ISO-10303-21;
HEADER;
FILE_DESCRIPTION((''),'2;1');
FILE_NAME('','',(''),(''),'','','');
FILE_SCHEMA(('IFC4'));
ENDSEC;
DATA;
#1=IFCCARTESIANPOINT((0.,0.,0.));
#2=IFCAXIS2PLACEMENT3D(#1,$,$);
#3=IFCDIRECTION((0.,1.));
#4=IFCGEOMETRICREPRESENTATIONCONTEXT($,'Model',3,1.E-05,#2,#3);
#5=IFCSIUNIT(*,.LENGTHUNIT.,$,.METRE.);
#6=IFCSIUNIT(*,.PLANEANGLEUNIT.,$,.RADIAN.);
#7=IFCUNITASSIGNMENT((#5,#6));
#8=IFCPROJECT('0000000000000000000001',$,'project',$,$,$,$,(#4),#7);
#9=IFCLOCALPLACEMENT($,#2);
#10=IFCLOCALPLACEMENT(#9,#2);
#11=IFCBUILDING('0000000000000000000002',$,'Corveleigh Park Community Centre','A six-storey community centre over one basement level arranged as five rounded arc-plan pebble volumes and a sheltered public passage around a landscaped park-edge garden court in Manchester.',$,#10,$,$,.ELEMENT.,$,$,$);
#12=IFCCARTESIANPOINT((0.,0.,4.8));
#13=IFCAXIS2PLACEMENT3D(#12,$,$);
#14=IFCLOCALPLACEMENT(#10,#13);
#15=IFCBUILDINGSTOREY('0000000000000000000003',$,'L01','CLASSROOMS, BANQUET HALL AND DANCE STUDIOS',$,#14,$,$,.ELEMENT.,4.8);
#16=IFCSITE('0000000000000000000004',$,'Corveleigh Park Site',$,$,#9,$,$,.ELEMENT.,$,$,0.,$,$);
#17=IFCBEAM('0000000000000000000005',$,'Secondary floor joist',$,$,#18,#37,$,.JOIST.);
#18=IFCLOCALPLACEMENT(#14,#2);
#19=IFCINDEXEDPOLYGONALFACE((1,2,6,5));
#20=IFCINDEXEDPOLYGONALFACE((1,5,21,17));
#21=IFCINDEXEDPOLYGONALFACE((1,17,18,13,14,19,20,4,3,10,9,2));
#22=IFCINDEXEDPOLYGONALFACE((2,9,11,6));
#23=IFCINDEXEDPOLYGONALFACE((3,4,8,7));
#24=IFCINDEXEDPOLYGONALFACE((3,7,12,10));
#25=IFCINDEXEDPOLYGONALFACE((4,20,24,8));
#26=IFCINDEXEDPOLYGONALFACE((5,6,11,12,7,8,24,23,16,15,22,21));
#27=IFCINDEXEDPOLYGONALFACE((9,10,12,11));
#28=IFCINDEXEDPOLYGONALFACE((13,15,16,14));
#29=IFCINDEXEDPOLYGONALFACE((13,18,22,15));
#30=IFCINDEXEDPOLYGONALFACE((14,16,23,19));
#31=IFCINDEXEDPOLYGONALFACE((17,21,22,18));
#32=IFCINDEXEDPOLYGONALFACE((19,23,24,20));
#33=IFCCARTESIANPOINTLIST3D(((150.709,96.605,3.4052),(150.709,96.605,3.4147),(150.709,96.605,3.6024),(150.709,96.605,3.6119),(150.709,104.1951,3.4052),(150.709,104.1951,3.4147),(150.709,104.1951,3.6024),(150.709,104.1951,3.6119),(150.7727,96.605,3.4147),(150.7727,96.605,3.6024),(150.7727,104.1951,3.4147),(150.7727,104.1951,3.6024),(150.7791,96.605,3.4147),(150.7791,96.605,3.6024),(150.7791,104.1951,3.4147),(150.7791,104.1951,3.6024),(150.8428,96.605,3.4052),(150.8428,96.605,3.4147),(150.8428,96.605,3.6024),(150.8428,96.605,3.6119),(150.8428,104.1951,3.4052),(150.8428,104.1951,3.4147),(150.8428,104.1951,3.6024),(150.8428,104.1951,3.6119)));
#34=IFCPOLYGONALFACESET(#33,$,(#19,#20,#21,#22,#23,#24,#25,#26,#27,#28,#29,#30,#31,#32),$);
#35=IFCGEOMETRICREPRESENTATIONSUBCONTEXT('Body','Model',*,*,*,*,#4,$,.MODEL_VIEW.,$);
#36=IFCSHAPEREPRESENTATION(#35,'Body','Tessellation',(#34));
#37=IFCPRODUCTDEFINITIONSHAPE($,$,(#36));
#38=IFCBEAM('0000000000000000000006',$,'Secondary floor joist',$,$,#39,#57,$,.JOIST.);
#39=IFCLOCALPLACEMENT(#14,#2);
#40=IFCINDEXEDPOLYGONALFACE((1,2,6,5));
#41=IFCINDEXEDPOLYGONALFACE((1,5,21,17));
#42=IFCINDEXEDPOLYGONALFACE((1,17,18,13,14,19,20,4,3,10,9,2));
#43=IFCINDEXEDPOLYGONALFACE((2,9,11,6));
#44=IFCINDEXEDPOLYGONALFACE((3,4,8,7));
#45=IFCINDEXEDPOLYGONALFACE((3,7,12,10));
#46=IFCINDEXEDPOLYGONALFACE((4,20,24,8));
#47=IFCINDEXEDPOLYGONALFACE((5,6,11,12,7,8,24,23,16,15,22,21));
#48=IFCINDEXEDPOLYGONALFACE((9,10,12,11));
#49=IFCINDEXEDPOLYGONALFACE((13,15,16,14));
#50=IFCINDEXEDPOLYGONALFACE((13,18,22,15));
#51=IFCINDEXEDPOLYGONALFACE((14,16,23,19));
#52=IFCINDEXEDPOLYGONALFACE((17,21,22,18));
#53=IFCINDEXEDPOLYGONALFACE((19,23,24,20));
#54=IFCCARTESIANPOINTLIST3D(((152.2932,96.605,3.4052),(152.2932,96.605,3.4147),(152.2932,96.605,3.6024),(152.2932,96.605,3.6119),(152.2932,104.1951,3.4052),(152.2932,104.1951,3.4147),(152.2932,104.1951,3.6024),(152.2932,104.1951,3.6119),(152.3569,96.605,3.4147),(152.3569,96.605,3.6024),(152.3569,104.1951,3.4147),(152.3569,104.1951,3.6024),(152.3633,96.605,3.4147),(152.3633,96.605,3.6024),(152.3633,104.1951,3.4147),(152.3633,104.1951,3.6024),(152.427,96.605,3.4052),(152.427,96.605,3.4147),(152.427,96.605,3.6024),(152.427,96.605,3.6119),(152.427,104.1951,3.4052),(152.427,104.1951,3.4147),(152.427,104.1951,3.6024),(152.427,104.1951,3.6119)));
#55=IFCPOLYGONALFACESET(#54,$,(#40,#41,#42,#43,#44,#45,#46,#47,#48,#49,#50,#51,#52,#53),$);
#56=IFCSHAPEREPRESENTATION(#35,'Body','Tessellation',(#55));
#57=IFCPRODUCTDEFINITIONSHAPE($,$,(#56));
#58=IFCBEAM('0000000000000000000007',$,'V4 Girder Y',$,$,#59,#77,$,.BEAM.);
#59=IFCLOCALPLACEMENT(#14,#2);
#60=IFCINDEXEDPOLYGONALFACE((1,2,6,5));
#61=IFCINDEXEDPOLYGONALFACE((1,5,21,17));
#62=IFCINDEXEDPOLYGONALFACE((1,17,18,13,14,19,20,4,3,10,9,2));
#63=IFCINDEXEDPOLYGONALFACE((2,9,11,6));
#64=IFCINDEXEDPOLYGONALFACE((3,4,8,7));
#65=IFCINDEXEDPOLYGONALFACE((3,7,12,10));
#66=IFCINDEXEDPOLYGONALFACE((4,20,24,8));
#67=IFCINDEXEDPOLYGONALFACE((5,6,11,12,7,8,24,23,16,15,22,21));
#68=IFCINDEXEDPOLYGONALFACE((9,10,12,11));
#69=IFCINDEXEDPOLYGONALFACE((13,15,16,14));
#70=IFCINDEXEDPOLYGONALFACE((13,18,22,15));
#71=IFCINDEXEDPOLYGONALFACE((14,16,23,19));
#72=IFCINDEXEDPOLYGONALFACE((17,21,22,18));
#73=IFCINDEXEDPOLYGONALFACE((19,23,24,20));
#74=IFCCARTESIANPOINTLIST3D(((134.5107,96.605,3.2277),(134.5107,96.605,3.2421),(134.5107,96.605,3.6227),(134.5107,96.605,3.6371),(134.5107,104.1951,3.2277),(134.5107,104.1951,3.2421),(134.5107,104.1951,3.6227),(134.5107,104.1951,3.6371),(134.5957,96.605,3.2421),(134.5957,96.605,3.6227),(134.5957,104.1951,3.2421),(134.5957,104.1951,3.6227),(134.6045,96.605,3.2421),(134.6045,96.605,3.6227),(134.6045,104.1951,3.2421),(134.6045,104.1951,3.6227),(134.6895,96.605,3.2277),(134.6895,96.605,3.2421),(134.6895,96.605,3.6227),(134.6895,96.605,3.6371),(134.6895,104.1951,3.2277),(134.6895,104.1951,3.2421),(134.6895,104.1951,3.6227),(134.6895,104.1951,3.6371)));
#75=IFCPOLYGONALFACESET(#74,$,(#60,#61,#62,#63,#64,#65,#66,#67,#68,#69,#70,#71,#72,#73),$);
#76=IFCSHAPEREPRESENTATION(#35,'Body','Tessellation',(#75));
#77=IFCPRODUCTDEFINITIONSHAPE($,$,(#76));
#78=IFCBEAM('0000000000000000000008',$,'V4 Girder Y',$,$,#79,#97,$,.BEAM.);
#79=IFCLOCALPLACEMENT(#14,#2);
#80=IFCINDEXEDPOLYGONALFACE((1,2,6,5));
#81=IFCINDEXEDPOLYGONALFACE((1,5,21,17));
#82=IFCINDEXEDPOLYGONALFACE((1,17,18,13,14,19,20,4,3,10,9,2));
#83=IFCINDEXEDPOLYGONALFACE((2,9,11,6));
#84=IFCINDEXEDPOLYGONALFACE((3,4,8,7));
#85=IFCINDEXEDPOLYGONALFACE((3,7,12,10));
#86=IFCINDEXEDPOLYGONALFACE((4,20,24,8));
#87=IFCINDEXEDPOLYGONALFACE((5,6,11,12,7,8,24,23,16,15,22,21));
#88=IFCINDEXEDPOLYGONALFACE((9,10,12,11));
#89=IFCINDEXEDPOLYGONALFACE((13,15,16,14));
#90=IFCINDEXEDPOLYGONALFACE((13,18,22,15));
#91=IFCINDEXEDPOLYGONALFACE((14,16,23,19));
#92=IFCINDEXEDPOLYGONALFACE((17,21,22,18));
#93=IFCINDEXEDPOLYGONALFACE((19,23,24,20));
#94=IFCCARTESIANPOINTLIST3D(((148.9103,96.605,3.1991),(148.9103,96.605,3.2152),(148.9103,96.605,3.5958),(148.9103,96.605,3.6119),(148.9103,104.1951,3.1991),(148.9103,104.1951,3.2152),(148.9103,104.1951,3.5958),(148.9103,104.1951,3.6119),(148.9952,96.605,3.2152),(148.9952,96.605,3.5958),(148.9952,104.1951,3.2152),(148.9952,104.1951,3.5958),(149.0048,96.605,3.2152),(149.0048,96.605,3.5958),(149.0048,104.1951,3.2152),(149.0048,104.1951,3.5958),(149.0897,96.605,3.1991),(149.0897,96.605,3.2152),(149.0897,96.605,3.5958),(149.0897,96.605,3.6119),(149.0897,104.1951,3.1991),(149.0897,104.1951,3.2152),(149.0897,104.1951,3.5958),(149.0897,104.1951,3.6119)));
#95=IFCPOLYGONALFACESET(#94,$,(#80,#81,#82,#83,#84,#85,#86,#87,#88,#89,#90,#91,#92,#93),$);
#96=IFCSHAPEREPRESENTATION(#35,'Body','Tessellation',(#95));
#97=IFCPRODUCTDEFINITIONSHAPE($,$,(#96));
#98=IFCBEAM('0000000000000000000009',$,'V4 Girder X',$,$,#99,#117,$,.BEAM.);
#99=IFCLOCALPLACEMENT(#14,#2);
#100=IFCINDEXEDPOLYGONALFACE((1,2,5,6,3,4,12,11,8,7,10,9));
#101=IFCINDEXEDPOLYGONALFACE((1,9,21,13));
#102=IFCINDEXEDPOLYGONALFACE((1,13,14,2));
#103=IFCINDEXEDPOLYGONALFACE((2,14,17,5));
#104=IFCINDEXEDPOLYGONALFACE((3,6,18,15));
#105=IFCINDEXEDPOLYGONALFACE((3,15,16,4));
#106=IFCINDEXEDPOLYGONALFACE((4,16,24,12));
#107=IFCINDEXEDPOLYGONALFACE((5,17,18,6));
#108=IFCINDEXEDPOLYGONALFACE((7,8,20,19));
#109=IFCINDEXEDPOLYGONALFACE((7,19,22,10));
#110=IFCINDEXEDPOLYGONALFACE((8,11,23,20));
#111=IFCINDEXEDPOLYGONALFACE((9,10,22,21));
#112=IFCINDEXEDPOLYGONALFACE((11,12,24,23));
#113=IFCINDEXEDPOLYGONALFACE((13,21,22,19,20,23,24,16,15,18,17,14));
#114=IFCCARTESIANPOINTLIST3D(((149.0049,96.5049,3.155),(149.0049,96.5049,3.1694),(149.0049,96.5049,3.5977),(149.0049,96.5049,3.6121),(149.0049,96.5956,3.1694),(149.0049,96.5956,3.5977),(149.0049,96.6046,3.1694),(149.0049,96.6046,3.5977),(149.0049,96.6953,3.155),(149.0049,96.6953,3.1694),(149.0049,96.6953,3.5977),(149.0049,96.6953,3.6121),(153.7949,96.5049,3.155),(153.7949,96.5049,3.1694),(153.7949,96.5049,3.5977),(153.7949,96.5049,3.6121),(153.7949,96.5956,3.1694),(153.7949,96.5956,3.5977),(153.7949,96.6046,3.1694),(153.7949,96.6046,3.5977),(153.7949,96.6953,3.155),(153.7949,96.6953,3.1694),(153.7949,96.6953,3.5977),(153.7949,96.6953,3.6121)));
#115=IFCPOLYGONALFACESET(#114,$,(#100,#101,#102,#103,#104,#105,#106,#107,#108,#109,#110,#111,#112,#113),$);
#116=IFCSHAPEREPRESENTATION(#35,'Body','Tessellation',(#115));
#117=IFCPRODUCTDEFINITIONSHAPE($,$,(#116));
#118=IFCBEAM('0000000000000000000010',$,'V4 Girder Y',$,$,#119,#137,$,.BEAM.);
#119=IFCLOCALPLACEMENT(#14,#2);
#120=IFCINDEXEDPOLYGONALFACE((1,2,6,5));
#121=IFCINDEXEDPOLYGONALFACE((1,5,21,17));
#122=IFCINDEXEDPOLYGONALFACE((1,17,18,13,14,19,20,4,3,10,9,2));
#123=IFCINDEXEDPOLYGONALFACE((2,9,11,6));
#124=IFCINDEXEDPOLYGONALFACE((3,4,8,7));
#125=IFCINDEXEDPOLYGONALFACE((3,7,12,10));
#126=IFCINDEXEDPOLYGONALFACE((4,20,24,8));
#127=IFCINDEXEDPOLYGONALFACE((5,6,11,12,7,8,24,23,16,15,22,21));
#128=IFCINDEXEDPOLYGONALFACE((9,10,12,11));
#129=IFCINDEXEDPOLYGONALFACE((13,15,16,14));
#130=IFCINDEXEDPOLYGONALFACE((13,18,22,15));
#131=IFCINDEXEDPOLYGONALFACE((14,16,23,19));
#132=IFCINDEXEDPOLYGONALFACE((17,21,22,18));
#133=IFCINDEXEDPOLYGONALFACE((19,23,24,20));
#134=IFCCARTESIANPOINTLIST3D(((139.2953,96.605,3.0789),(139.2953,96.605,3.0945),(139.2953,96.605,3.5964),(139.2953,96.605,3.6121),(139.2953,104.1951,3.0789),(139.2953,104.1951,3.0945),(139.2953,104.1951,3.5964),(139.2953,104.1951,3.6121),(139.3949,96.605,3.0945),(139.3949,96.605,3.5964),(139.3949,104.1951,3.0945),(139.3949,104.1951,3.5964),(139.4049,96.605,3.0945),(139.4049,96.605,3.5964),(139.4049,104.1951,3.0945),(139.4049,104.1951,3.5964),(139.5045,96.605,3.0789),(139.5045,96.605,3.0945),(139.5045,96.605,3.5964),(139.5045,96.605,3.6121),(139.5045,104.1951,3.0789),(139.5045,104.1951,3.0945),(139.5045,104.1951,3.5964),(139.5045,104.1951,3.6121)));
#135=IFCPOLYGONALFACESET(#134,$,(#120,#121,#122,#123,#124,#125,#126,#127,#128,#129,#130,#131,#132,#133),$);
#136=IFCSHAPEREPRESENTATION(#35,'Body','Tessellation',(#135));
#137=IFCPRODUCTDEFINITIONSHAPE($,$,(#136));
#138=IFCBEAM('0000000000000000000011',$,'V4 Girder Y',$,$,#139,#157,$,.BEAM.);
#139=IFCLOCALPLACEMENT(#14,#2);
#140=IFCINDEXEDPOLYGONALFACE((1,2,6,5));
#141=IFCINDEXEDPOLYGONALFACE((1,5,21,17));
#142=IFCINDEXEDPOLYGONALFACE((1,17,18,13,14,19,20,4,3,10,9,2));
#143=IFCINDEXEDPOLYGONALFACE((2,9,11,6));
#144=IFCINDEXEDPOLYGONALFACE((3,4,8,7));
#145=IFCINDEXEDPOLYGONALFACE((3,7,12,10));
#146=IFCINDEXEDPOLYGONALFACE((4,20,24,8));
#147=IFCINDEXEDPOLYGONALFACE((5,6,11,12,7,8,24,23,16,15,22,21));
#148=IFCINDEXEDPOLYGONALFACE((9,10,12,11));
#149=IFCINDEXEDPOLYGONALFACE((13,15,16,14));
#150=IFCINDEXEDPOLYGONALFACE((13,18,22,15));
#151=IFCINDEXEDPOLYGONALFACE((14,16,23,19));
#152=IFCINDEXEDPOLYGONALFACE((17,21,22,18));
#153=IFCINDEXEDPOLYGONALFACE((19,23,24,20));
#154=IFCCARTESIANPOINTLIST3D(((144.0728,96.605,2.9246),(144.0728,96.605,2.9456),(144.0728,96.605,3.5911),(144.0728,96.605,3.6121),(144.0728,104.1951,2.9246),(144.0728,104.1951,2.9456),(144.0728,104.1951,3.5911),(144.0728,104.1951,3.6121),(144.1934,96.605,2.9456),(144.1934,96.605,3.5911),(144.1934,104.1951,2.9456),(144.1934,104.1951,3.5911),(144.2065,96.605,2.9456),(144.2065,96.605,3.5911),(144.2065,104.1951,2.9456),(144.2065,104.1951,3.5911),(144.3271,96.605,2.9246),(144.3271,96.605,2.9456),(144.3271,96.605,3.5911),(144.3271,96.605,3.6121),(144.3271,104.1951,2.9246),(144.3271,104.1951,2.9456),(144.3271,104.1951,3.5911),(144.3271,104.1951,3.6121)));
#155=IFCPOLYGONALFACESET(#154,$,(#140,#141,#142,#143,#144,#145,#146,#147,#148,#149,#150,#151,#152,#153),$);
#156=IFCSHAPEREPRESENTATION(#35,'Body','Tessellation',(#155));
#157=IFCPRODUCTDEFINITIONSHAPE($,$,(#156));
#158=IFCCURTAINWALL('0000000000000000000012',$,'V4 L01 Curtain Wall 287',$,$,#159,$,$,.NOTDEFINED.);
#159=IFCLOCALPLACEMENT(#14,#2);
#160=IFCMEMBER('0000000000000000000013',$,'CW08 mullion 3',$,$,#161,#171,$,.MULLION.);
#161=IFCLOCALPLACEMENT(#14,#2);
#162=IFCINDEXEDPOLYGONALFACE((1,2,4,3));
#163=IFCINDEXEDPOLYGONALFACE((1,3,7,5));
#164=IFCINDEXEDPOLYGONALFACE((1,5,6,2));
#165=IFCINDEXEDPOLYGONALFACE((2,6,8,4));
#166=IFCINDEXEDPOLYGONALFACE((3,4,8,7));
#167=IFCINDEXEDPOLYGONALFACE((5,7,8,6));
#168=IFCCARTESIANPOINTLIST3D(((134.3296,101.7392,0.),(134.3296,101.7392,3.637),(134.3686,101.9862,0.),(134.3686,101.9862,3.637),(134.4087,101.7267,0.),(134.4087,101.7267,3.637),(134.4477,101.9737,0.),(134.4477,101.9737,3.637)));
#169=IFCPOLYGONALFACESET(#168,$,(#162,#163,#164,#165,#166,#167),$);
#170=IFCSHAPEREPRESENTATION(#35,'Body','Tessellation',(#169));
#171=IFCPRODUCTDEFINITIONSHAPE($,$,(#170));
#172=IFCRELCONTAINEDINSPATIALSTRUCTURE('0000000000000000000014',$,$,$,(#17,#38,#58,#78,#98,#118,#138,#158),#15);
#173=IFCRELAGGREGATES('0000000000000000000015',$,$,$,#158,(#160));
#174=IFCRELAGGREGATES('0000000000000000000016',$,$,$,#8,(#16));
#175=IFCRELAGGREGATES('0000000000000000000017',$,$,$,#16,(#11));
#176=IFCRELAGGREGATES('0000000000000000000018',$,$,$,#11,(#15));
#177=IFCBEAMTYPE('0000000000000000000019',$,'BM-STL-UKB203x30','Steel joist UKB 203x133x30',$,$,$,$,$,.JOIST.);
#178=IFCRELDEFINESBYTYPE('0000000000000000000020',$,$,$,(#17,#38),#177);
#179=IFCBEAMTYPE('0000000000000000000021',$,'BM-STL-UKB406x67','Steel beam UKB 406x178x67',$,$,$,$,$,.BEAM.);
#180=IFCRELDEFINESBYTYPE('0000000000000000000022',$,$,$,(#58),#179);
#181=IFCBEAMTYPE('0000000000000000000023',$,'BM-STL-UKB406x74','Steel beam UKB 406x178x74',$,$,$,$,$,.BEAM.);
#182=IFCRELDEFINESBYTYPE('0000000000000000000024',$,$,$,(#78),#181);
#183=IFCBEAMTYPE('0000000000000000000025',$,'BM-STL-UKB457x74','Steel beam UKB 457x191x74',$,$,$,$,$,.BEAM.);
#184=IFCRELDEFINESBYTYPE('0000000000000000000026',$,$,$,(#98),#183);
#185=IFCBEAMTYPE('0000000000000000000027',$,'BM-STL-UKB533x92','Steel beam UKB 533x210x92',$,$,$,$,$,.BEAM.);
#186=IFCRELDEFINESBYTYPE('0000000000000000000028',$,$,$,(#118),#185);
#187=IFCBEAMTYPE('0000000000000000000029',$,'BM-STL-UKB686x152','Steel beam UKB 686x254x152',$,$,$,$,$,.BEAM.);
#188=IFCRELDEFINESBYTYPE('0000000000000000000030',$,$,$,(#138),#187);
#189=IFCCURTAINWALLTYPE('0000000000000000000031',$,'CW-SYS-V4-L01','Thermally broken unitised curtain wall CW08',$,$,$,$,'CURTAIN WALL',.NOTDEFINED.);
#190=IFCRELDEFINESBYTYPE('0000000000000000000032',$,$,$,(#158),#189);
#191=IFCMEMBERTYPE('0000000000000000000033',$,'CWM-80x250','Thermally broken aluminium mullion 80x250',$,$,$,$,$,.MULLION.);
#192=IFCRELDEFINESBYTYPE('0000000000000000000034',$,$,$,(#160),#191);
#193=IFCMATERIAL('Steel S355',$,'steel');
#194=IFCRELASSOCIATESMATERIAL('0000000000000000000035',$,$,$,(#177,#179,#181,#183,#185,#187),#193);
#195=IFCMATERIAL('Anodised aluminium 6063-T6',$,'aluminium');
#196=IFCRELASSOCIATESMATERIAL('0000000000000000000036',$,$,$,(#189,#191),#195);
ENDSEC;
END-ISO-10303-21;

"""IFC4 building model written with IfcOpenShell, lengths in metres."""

from ifc_helpers import new_model, si_unit, direction, frame, origin, origin_2d, place, context, subcontext, project, spatial, rectangle, i_section, extrude, material, material_profile, profile_set, type_object, element, aggregate, save


model = new_model("IFC4")

# Units and contexts
model_context = context("Model", 3, precision=1e-05, world=origin(), true_north=direction((0.0, 1.0)))
body_context = subcontext(model_context, "Body", "Model", "MODEL_VIEW")
ifc_project = project(units=[si_unit("LENGTHUNIT", "METRE"), si_unit("PLANEANGLEUNIT", "RADIAN")], contexts=[model_context])

# Site, building, storey
site_placement = place(None, origin())
site = spatial("IfcSite", under=ifc_project, at=site_placement, Name="Corveleigh Park Site", CompositionType="ELEMENT", RefElevation=0.0)
building_placement = place(site_placement, origin())
building = spatial("IfcBuilding", under=site, at=building_placement, Name="Corveleigh Park Community Centre", Description="A six-storey community centre over one basement level arranged as five rounded arc-plan pebble volumes and a sheltered public passage around a landscaped park-edge garden court in Manchester.", CompositionType="ELEMENT")
storey_placement = place(building_placement, frame((0.0, 0.0, 4.8)))
storey = spatial("IfcBuildingStorey", under=building, at=storey_placement, Name="L01", Description="CLASSROOMS, BANQUET HALL AND DANCE STUDIOS", CompositionType="ELEMENT", Elevation=4.8)

# Shared definitions
ifc_material_1 = material(Name="Steel S355", Category="steel")

# Beams
ifc_material_profile_1 = material_profile(ifc_material_1, i_section(OverallWidth=0.1338, OverallDepth=0.2068, WebThickness=0.0063, FlangeThickness=0.0095, at=origin_2d()), Name="UKB 203x133x30", Category="steel")
ifc_profile_set_1 = profile_set([ifc_material_profile_1], Name="Steel S355")
beam_type_1 = type_object("IfcBeamType", Name="BM-STL-UKB203x30", Description="Steel joist UKB 203x133x30", PredefinedType="JOIST", material=ifc_profile_set_1)
for number, where, z_axis, x_axis, name in (
    (1, (150.7759, 96.605, 3.5085), (0.0, 1.0, 0.0), (-1.0, 0.0, 0.0), "Secondary floor joist"),
    (2, (152.3601, 96.605, 3.5085), (0.0, 1.0, 0.0), (-1.0, 0.0, 0.0), "Secondary floor joist"),
):
    element("IfcBeam", number, at=place(storey_placement, frame(where, z_axis=z_axis, x_axis=x_axis)), inside=storey, type_object=beam_type_1, Name=name, PredefinedType="JOIST", context=body_context, shape_type="SweptSolid", body=[
        extrude(i_section(OverallWidth=0.1338, OverallDepth=0.2068, WebThickness=0.0063, FlangeThickness=0.0095, at=origin_2d()), origin(), (0.0, 0.0, 1.0), 7.5901),
    ])
ifc_material_profile_2 = material_profile(ifc_material_1, i_section(OverallWidth=0.1787, OverallDepth=0.4094, WebThickness=0.0088, FlangeThickness=0.0144, at=origin_2d()), Name="UKB 406x178x67", Category="steel")
ifc_profile_set_2 = profile_set([ifc_material_profile_2], Name="Steel S355")
beam_type_2 = type_object("IfcBeamType", Name="BM-STL-UKB406x67", Description="Steel beam UKB 406x178x67", PredefinedType="BEAM", material=ifc_profile_set_2)
beam_1_placement = place(storey_placement, frame((134.6001, 96.605, 3.4324), z_axis=(0.0, 1.0, 0.0), x_axis=(-1.0, 0.0, 0.0)))
element("IfcBeam", 3, at=beam_1_placement, inside=storey, type_object=beam_type_2, Name="V4 Girder Y", PredefinedType="BEAM", context=body_context, shape_type="SweptSolid", body=[
    extrude(i_section(OverallWidth=0.1787, OverallDepth=0.4094, WebThickness=0.0088, FlangeThickness=0.0144, at=origin_2d()), origin(), (0.0, 0.0, 1.0), 7.5901),
])
ifc_material_profile_3 = material_profile(ifc_material_1, i_section(OverallWidth=0.1794, OverallDepth=0.4128, WebThickness=0.0095, FlangeThickness=0.0161, at=origin_2d()), Name="UKB 406x178x74", Category="steel")
ifc_profile_set_3 = profile_set([ifc_material_profile_3], Name="Steel S355")
beam_type_3 = type_object("IfcBeamType", Name="BM-STL-UKB406x74", Description="Steel beam UKB 406x178x74", PredefinedType="BEAM", material=ifc_profile_set_3)
beam_2_placement = place(storey_placement, frame((149.0, 96.605, 3.4055), z_axis=(0.0, 1.0, 0.0), x_axis=(-1.0, 0.0, 0.0)))
element("IfcBeam", 4, at=beam_2_placement, inside=storey, type_object=beam_type_3, Name="V4 Girder Y", PredefinedType="BEAM", context=body_context, shape_type="SweptSolid", body=[
    extrude(i_section(OverallWidth=0.1794, OverallDepth=0.4128, WebThickness=0.0095, FlangeThickness=0.0161, at=origin_2d()), origin(), (0.0, 0.0, 1.0), 7.5901),
])
ifc_material_profile_4 = material_profile(ifc_material_1, i_section(OverallWidth=0.1904, OverallDepth=0.457, WebThickness=0.009, FlangeThickness=0.0144, at=origin_2d()), Name="UKB 457x191x74", Category="steel")
ifc_profile_set_4 = profile_set([ifc_material_profile_4], Name="Steel S355")
beam_type_4 = type_object("IfcBeamType", Name="BM-STL-UKB457x74", Description="Steel beam UKB 457x191x74", PredefinedType="BEAM", material=ifc_profile_set_4)
beam_3_placement = place(storey_placement, frame((149.0049, 96.6001, 3.3835), z_axis=(1.0, 0.0, 0.0), x_axis=(0.0, 1.0, 0.0)))
element("IfcBeam", 5, at=beam_3_placement, inside=storey, type_object=beam_type_4, Name="V4 Girder X", PredefinedType="BEAM", context=body_context, shape_type="SweptSolid", body=[
    extrude(i_section(OverallWidth=0.1904, OverallDepth=0.457, WebThickness=0.009, FlangeThickness=0.0144, at=origin_2d()), origin(), (0.0, 0.0, 1.0), 4.79),
])
ifc_material_profile_5 = material_profile(ifc_material_1, i_section(OverallWidth=0.2092, OverallDepth=0.5332, WebThickness=0.01, FlangeThickness=0.0156, at=origin_2d()), Name="UKB 533x210x92", Category="steel")
ifc_profile_set_5 = profile_set([ifc_material_profile_5], Name="Steel S355")
beam_type_5 = type_object("IfcBeamType", Name="BM-STL-UKB533x92", Description="Steel beam UKB 533x210x92", PredefinedType="BEAM", material=ifc_profile_set_5)
beam_4_placement = place(storey_placement, frame((139.3999, 96.605, 3.3455), z_axis=(0.0, 1.0, 0.0), x_axis=(-1.0, 0.0, 0.0)))
element("IfcBeam", 6, at=beam_4_placement, inside=storey, type_object=beam_type_5, Name="V4 Girder Y", PredefinedType="BEAM", context=body_context, shape_type="SweptSolid", body=[
    extrude(i_section(OverallWidth=0.2092, OverallDepth=0.5332, WebThickness=0.01, FlangeThickness=0.0156, at=origin_2d()), origin(), (0.0, 0.0, 1.0), 7.5901),
])
ifc_material_profile_6 = material_profile(ifc_material_1, i_section(OverallWidth=0.2544, OverallDepth=0.6875, WebThickness=0.0132, FlangeThickness=0.021, at=origin_2d()), Name="UKB 686x254x152", Category="steel")
ifc_profile_set_6 = profile_set([ifc_material_profile_6], Name="Steel S355")
beam_type_6 = type_object("IfcBeamType", Name="BM-STL-UKB686x152", Description="Steel beam UKB 686x254x152", PredefinedType="BEAM", material=ifc_profile_set_6)
beam_5_placement = place(storey_placement, frame((144.2, 96.605, 3.2683), z_axis=(0.0, 1.0, 0.0), x_axis=(-1.0, 0.0, 0.0)))
element("IfcBeam", 7, at=beam_5_placement, inside=storey, type_object=beam_type_6, Name="V4 Girder Y", PredefinedType="BEAM", context=body_context, shape_type="SweptSolid", body=[
    extrude(i_section(OverallWidth=0.2544, OverallDepth=0.6875, WebThickness=0.0132, FlangeThickness=0.021, at=origin_2d()), origin(), (0.0, 0.0, 1.0), 7.5901),
])

# Curtain wall, member
ifc_material_2 = material(Name="Anodised aluminium 6063-T6", Category="aluminium")
curtain_wall_type = type_object("IfcCurtainWallType", Name="CW-SYS-V4-L01", Description="Thermally broken unitised curtain wall CW08", ElementType="CURTAIN WALL", PredefinedType="NOTDEFINED", material=ifc_material_2)
curtain_wall_placement = place(storey_placement, origin())
curtain_wall = element("IfcCurtainWall", 8, at=curtain_wall_placement, inside=storey, type_object=curtain_wall_type, Name="V4 L01 Curtain Wall 287", PredefinedType="NOTDEFINED")
ifc_material_profile_7 = material_profile(ifc_material_2, rectangle(XDim=0.0801, YDim=0.25, at=origin_2d()), Name="ALU-M80x250", Category="aluminium")
ifc_profile_set_7 = profile_set([ifc_material_profile_7], Name="Anodised aluminium 6063-T6")
member_type_1 = type_object("IfcMemberType", Name="CWM-80x250", Description="Thermally broken aluminium mullion 80x250", PredefinedType="MULLION", material=ifc_profile_set_7)
member_1_placement = place(storey_placement, frame((134.3887, 101.8564, 0.0), z_axis=(0.0, 0.0, 1.0), x_axis=(-0.987734, 0.156146, 0.0)))
member_1 = element("IfcMember", 9, at=member_1_placement, type_object=member_type_1, Name="CW08 mullion 3", PredefinedType="MULLION", context=body_context, shape_type="SweptSolid", body=[
    extrude(rectangle(XDim=0.0801, YDim=0.25, at=origin_2d()), origin(), (0.0, 0.0, 1.0), 3.637),
])
aggregate(curtain_wall, [member_1])

save(model, "model.ifc")
